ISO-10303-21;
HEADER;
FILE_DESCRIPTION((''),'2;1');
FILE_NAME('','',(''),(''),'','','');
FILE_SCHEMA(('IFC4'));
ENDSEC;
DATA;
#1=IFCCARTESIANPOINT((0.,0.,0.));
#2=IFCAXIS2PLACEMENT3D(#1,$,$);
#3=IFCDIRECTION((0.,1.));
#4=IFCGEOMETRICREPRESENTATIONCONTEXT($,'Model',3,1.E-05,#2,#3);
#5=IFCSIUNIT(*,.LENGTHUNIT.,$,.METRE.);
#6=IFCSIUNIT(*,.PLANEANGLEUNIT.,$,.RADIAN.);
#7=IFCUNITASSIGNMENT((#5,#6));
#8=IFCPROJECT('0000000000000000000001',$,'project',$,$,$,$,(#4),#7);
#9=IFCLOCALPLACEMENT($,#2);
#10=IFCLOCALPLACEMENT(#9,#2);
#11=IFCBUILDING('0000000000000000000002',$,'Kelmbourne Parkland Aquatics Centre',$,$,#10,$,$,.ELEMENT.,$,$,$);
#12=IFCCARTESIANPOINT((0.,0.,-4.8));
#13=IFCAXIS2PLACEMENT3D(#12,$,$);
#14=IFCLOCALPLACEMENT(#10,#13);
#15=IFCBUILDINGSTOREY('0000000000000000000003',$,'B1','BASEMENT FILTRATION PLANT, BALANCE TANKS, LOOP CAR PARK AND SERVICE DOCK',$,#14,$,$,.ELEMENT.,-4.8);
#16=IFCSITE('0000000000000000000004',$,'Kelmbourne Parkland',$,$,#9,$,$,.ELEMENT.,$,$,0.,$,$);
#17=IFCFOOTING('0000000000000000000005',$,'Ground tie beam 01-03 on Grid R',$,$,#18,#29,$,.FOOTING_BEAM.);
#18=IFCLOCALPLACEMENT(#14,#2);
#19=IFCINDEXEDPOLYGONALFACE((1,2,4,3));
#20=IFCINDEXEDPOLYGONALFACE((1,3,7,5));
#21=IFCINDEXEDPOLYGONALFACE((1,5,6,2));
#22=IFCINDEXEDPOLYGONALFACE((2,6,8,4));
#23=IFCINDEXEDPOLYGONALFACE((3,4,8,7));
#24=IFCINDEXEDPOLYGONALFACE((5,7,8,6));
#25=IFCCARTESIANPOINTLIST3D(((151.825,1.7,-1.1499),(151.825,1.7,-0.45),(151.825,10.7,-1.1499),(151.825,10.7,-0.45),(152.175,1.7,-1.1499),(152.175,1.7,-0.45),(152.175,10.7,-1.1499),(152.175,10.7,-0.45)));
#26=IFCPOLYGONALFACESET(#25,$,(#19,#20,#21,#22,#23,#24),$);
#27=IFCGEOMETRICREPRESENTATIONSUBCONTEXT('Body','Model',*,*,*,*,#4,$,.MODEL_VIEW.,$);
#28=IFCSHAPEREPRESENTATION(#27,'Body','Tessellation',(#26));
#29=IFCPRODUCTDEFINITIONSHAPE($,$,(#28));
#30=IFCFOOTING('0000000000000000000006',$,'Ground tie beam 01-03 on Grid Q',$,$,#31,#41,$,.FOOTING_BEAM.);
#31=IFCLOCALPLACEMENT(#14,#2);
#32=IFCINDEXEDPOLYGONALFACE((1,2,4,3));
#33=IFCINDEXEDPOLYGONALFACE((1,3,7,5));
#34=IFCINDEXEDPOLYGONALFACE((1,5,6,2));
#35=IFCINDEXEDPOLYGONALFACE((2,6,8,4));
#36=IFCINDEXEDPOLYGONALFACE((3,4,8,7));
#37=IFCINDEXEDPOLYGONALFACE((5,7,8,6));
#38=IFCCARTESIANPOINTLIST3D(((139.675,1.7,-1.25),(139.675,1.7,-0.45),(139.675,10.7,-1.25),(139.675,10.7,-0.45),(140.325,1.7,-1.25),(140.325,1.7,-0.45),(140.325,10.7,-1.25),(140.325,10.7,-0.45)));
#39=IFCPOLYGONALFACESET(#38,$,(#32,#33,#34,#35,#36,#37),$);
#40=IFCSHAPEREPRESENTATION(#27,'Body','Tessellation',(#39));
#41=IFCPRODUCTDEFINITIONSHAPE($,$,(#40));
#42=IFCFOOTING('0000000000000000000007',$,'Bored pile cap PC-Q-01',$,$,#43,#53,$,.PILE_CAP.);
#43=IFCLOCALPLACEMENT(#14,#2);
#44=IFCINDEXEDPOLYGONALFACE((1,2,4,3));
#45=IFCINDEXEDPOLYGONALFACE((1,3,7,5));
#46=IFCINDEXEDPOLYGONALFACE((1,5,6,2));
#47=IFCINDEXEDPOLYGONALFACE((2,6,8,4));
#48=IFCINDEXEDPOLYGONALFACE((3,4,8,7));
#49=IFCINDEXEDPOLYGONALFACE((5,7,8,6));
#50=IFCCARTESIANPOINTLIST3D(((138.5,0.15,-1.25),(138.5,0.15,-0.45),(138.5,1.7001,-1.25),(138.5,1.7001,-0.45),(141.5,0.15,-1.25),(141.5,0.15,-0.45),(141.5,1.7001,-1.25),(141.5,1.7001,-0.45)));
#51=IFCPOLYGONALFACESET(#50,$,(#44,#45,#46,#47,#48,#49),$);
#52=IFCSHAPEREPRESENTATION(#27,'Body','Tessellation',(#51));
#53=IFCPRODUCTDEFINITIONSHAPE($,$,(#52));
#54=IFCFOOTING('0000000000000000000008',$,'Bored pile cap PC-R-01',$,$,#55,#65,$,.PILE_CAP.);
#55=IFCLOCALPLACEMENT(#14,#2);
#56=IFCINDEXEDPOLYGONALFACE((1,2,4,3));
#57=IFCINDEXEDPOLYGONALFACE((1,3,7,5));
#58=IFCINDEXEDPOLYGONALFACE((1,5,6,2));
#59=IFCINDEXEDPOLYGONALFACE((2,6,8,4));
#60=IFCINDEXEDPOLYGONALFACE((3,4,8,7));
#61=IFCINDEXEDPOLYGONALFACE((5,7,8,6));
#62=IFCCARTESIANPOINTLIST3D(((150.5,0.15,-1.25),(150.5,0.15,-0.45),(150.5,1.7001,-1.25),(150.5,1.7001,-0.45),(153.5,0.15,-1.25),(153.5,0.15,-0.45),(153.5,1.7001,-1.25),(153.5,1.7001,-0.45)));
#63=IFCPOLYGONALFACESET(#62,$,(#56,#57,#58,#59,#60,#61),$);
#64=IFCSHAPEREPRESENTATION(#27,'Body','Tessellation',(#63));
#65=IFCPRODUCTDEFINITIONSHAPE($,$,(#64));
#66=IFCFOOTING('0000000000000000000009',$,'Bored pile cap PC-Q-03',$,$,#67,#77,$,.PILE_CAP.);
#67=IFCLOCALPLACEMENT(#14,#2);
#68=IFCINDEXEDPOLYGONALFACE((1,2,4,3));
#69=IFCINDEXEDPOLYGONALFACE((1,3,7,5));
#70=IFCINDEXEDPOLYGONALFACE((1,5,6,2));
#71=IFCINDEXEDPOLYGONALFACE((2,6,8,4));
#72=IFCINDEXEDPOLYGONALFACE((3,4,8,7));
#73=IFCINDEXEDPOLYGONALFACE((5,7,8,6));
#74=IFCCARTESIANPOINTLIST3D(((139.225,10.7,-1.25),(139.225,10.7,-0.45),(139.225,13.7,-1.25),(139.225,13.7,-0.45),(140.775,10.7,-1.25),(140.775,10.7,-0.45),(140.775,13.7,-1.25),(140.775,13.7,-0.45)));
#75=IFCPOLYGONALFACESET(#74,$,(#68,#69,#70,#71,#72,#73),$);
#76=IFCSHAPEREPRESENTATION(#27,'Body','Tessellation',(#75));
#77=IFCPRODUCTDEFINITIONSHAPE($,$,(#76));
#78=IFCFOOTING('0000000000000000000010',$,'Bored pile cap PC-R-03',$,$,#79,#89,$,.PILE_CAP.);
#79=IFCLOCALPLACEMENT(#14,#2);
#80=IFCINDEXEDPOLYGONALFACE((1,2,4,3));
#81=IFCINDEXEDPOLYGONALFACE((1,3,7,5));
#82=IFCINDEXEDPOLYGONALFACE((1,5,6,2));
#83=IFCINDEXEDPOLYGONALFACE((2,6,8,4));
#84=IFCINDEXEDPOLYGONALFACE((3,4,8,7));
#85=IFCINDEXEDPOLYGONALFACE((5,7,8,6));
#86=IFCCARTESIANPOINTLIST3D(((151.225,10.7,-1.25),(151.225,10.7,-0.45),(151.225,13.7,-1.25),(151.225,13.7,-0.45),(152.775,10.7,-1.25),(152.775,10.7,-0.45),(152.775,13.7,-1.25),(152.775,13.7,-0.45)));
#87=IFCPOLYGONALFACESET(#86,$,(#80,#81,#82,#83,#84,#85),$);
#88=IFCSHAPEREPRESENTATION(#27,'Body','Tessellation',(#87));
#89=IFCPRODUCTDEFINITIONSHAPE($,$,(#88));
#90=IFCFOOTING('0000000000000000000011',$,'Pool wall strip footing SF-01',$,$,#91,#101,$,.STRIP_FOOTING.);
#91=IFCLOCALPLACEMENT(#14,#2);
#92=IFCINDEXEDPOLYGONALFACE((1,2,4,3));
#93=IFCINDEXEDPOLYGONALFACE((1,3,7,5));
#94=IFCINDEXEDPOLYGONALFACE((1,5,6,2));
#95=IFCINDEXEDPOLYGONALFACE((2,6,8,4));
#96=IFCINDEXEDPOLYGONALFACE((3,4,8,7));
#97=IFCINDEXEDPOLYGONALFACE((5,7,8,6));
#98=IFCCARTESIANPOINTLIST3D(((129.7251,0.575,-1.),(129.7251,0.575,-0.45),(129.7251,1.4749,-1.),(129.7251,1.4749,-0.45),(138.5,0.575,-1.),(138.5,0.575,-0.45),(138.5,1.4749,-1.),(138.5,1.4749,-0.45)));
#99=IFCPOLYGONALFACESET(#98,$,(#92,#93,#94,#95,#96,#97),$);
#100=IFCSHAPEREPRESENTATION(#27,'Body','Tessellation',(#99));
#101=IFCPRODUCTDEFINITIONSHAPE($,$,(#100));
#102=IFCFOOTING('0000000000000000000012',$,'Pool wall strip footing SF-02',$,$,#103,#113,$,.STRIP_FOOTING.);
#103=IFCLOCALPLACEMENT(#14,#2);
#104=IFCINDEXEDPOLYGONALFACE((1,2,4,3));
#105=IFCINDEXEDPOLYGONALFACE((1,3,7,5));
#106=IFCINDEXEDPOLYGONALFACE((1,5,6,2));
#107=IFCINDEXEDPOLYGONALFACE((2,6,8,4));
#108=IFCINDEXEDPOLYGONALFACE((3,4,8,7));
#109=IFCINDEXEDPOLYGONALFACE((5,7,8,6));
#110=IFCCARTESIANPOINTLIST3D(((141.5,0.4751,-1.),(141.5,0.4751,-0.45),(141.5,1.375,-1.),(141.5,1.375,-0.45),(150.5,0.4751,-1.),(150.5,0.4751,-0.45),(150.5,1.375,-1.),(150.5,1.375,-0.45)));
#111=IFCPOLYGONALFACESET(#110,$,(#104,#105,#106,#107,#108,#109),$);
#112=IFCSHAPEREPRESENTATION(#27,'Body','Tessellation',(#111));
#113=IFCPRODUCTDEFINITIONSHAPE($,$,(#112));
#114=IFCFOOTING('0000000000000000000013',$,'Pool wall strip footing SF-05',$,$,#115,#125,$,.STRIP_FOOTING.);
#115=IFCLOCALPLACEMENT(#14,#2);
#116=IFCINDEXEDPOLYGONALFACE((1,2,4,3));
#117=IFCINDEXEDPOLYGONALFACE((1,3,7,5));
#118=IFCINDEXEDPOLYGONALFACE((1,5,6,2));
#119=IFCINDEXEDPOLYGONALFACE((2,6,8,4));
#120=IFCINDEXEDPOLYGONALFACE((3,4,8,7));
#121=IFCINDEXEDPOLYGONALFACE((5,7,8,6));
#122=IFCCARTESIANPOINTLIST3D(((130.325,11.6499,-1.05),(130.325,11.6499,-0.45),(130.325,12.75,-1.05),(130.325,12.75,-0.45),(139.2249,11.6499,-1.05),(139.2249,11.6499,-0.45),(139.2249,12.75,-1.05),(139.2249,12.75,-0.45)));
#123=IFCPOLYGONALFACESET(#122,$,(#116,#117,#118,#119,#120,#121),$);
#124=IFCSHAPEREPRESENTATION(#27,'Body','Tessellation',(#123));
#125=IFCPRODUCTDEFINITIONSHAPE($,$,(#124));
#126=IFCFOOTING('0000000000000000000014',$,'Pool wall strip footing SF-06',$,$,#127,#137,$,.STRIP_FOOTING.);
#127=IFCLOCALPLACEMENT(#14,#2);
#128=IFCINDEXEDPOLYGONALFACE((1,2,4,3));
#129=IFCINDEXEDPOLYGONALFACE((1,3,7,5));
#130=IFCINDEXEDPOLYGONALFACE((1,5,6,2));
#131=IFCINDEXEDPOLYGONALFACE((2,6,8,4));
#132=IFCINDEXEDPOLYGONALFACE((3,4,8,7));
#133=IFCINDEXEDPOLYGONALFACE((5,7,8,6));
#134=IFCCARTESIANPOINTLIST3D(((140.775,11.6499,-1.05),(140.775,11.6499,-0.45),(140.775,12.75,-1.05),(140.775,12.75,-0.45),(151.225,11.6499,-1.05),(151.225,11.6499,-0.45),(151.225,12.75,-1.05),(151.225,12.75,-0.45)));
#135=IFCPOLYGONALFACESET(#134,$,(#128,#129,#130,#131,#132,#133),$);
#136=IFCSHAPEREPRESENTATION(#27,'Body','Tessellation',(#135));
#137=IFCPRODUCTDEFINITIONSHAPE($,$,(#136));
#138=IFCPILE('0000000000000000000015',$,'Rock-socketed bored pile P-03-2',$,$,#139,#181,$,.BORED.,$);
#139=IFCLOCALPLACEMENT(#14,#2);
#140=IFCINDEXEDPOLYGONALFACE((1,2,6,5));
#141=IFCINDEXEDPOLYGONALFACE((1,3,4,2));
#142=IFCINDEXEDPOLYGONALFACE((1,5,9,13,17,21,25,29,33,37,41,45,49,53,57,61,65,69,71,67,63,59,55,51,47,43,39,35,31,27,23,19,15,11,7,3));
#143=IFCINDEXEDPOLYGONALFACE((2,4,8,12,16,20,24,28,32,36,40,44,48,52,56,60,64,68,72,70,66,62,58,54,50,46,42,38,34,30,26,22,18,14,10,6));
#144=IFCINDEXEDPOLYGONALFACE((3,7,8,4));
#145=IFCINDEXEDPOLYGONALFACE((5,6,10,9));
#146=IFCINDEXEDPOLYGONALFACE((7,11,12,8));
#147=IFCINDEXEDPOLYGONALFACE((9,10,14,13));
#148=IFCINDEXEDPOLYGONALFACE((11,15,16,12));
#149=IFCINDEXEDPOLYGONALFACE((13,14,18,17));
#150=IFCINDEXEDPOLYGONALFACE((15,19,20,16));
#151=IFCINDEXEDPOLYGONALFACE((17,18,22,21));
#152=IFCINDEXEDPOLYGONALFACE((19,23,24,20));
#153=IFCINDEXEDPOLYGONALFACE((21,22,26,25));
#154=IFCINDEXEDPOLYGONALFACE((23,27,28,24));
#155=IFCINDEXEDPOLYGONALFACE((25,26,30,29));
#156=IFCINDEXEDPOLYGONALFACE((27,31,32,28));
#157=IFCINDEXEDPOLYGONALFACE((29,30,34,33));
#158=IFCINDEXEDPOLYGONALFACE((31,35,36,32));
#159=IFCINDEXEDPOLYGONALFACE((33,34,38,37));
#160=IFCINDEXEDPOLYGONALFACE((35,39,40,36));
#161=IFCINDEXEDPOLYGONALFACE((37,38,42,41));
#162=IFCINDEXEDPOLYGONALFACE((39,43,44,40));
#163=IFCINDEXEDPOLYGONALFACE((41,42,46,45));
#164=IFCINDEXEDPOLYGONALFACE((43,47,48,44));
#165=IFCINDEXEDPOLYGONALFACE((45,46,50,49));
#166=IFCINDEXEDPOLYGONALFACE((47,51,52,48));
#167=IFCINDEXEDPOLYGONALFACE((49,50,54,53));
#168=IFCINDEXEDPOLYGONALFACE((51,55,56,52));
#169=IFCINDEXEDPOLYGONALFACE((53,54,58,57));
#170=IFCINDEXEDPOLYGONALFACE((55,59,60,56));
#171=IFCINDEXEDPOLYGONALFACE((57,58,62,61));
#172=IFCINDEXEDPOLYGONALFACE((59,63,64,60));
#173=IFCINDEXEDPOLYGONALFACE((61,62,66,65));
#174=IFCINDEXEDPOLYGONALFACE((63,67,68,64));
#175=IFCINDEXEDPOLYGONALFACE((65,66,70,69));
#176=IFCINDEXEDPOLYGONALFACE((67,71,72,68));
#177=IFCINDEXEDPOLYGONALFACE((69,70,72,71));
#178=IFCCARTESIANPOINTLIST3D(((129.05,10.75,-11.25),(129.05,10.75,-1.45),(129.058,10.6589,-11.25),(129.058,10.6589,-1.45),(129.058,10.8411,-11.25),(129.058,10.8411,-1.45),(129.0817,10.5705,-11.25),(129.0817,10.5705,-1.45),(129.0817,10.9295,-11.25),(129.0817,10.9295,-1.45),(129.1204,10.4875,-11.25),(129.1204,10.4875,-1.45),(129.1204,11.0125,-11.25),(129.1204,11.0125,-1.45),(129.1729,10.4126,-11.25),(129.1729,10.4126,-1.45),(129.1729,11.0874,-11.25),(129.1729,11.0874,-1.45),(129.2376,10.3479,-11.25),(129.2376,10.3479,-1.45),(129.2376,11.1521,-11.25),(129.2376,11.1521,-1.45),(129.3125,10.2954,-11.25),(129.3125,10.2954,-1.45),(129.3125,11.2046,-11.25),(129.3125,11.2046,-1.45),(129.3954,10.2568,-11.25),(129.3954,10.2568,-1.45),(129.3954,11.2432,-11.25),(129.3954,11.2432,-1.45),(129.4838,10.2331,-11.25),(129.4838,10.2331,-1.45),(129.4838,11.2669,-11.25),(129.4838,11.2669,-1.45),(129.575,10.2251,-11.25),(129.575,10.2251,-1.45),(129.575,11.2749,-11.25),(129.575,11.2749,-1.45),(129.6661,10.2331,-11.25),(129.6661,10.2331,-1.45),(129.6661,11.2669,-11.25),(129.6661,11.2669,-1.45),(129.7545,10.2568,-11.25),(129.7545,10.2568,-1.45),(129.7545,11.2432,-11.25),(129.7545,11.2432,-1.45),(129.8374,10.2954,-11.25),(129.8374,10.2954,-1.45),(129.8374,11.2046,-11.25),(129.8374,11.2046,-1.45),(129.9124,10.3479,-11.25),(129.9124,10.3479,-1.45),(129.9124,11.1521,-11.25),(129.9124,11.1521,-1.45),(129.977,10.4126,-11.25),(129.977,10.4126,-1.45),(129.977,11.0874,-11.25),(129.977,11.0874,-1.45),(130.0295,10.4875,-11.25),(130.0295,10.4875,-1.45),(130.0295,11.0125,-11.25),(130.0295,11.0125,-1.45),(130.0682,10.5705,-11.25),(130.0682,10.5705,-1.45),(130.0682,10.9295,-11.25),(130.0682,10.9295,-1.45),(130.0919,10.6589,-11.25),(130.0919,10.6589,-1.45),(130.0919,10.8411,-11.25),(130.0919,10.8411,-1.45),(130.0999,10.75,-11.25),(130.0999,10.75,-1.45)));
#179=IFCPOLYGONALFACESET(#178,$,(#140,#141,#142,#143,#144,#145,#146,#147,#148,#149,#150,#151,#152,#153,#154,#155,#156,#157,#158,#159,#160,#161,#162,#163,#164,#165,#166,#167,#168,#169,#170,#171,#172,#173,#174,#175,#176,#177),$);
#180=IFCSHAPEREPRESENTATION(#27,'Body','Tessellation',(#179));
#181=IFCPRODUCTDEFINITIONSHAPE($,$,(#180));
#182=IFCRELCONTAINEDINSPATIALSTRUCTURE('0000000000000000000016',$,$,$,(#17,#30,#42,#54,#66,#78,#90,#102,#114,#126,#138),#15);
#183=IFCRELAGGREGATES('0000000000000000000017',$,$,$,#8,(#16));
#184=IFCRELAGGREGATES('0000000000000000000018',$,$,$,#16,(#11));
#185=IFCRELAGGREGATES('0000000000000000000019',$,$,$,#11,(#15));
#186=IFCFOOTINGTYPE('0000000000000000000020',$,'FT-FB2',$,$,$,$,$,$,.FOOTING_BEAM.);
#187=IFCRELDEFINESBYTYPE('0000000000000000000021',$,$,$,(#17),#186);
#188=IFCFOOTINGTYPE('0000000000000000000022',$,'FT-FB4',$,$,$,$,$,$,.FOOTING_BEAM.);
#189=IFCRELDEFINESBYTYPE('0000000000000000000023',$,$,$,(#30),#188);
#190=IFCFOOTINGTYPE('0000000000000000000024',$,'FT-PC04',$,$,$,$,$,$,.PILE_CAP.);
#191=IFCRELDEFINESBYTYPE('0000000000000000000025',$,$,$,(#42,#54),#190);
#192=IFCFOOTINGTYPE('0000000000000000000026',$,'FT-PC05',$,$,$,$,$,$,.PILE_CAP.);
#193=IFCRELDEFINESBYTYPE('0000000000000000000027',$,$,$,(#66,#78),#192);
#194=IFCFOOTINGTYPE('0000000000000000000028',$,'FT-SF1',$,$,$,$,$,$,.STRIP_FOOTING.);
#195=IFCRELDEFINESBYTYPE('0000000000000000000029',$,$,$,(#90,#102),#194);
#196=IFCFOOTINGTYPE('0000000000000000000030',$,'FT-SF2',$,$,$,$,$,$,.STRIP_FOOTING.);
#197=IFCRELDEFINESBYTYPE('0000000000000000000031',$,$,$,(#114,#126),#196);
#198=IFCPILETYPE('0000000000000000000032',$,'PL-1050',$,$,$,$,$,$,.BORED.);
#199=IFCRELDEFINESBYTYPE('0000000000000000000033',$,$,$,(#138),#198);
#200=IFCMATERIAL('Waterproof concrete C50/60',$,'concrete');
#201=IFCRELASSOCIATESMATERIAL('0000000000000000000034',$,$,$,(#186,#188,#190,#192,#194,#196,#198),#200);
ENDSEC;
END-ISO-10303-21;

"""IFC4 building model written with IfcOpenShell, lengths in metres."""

from ifc_helpers import new_model, si_unit, direction, frame, origin, origin_2d, place, context, subcontext, project, spatial, rectangle, circle, extrude, material, material_profile, profile_set, type_object, element, save


model = new_model("IFC4")

# Units and contexts
model_context = context("Model", 3, precision=1e-05, world=origin(), true_north=direction((0.0, 1.0)))
body_context = subcontext(model_context, "Body", "Model", "MODEL_VIEW")
ifc_project = project(units=[si_unit("LENGTHUNIT", "METRE"), si_unit("PLANEANGLEUNIT", "RADIAN")], contexts=[model_context])

# Site, building, storey
site_placement = place(None, origin())
site = spatial("IfcSite", under=ifc_project, at=site_placement, Name="Kelmbourne Parkland", CompositionType="ELEMENT", RefElevation=0.0)
building_placement = place(site_placement, origin())
building = spatial("IfcBuilding", under=site, at=building_placement, Name="Kelmbourne Parkland Aquatics Centre", CompositionType="ELEMENT")
storey_placement = place(building_placement, frame((0.0, 0.0, -4.8)))
storey = spatial("IfcBuildingStorey", under=building, at=storey_placement, Name="B1", Description="BASEMENT FILTRATION PLANT, BALANCE TANKS, LOOP CAR PARK AND SERVICE DOCK", CompositionType="ELEMENT", Elevation=-4.8)

# Footings
ifc_material_1 = material(Name="Waterproof concrete C50/60", Category="concrete")
footing_type_1 = type_object("IfcFootingType", Name="FT-FB2", PredefinedType="FOOTING_BEAM", material=ifc_material_1)
footing_1_placement = place(storey_placement, frame((152.0, 6.2, -1.1499), z_axis=(0.0, 0.0, 1.0), x_axis=(0.0, 1.0, 0.0)))
element("IfcFooting", 1, at=footing_1_placement, inside=storey, type_object=footing_type_1, Name="Ground tie beam 01-03 on Grid R", PredefinedType="FOOTING_BEAM", context=body_context, shape_type="SweptSolid", body=[
    extrude(rectangle(XDim=9.0, YDim=0.3501, at=origin_2d()), origin(), (0.0, 0.0, 1.0), 0.7),
])
footing_type_2 = type_object("IfcFootingType", Name="FT-FB4", PredefinedType="FOOTING_BEAM", material=ifc_material_1)
footing_2_placement = place(storey_placement, frame((140.0, 6.2, -1.25), z_axis=(0.0, 0.0, 1.0), x_axis=(0.0, 1.0, 0.0)))
element("IfcFooting", 2, at=footing_2_placement, inside=storey, type_object=footing_type_2, Name="Ground tie beam 01-03 on Grid Q", PredefinedType="FOOTING_BEAM", context=body_context, shape_type="SweptSolid", body=[
    extrude(rectangle(XDim=9.0, YDim=0.6499, at=origin_2d()), origin(), (0.0, 0.0, 1.0), 0.8),
])
footing_type_3 = type_object("IfcFootingType", Name="FT-PC04", PredefinedType="PILE_CAP", material=ifc_material_1)
for number, where, z_axis, x_axis, name in (
    (3, (140.0, 0.925, -1.25), (0.0, 0.0, 1.0), (1.0, 0.0, 0.0), "Bored pile cap PC-Q-01"),
    (4, (152.0, 0.925, -1.25), (0.0, 0.0, 1.0), (1.0, 0.0, 0.0), "Bored pile cap PC-R-01"),
):
    element("IfcFooting", number, at=place(storey_placement, frame(where, z_axis=z_axis, x_axis=x_axis)), inside=storey, type_object=footing_type_3, Name=name, PredefinedType="PILE_CAP", context=body_context, shape_type="SweptSolid", body=[
        extrude(rectangle(XDim=3.0, YDim=1.55, at=origin_2d()), origin(), (0.0, 0.0, 1.0), 0.8),
    ])
footing_type_4 = type_object("IfcFootingType", Name="FT-PC05", PredefinedType="PILE_CAP", material=ifc_material_1)
for number, where, z_axis, x_axis, name in (
    (5, (140.0, 12.2, -1.25), (0.0, 0.0, 1.0), (1.0, 0.0, 0.0), "Bored pile cap PC-Q-03"),
    (6, (152.0, 12.2, -1.25), (0.0, 0.0, 1.0), (1.0, 0.0, 0.0), "Bored pile cap PC-R-03"),
):
    element("IfcFooting", number, at=place(storey_placement, frame(where, z_axis=z_axis, x_axis=x_axis)), inside=storey, type_object=footing_type_4, Name=name, PredefinedType="PILE_CAP", context=body_context, shape_type="SweptSolid", body=[
        extrude(rectangle(XDim=1.55, YDim=3.0, at=origin_2d()), origin(), (0.0, 0.0, 1.0), 0.8),
    ])
footing_type_5 = type_object("IfcFootingType", Name="FT-SF1", PredefinedType="STRIP_FOOTING", material=ifc_material_1)
footing_3_placement = place(storey_placement, frame((134.1125, 1.0249, -1.0), z_axis=(0.0, 0.0, 1.0), x_axis=(1.0, 0.0, 0.0)))
element("IfcFooting", 7, at=footing_3_placement, inside=storey, type_object=footing_type_5, Name="Pool wall strip footing SF-01", PredefinedType="STRIP_FOOTING", context=body_context, shape_type="SweptSolid", body=[
    extrude(rectangle(XDim=8.7749, YDim=0.8999, at=origin_2d()), origin(), (0.0, 0.0, 1.0), 0.55),
])
footing_4_placement = place(storey_placement, frame((146.0, 0.925, -1.0), z_axis=(0.0, 0.0, 1.0), x_axis=(1.0, 0.0, 0.0)))
element("IfcFooting", 8, at=footing_4_placement, inside=storey, type_object=footing_type_5, Name="Pool wall strip footing SF-02", PredefinedType="STRIP_FOOTING", context=body_context, shape_type="SweptSolid", body=[
    extrude(rectangle(XDim=9.0, YDim=0.8999, at=origin_2d()), origin(), (0.0, 0.0, 1.0), 0.55),
])
footing_type_6 = type_object("IfcFootingType", Name="FT-SF2", PredefinedType="STRIP_FOOTING", material=ifc_material_1)
footing_5_placement = place(storey_placement, frame((134.7749, 12.2, -1.05), z_axis=(0.0, 0.0, 1.0), x_axis=(1.0, 0.0, 0.0)))
element("IfcFooting", 9, at=footing_5_placement, inside=storey, type_object=footing_type_6, Name="Pool wall strip footing SF-05", PredefinedType="STRIP_FOOTING", context=body_context, shape_type="SweptSolid", body=[
    extrude(rectangle(XDim=8.8999, YDim=1.1001, at=origin_2d()), origin(), (0.0, 0.0, 1.0), 0.6001),
])
footing_6_placement = place(storey_placement, frame((146.0, 12.2, -1.05), z_axis=(0.0, 0.0, 1.0), x_axis=(1.0, 0.0, 0.0)))
element("IfcFooting", 10, at=footing_6_placement, inside=storey, type_object=footing_type_6, Name="Pool wall strip footing SF-06", PredefinedType="STRIP_FOOTING", context=body_context, shape_type="SweptSolid", body=[
    extrude(rectangle(XDim=10.45, YDim=1.1001, at=origin_2d()), origin(), (0.0, 0.0, 1.0), 0.6001),
])

# Pile
ifc_material_profile_1 = material_profile(ifc_material_1, circle(Radius=0.5249, at=origin_2d()), Name="PILE D1050")
ifc_profile_set_1 = profile_set([ifc_material_profile_1], Name="Waterproof concrete C50/60")
pile_type_1 = type_object("IfcPileType", Name="PL-1050", PredefinedType="BORED", material=ifc_profile_set_1)
pile_1_placement = place(storey_placement, frame((129.575, 10.75, -1.45), z_axis=(0.0, 0.0, -1.0), x_axis=(1.0, 0.0, 0.0)))
element("IfcPile", 11, at=pile_1_placement, inside=storey, type_object=pile_type_1, Name="Rock-socketed bored pile P-03-2", PredefinedType="BORED", context=body_context, shape_type="SweptSolid", body=[
    extrude(circle(Radius=0.5249, at=origin_2d()), origin(), (0.0, 0.0, 1.0), 9.8),
])

save(model, "model.ifc")
